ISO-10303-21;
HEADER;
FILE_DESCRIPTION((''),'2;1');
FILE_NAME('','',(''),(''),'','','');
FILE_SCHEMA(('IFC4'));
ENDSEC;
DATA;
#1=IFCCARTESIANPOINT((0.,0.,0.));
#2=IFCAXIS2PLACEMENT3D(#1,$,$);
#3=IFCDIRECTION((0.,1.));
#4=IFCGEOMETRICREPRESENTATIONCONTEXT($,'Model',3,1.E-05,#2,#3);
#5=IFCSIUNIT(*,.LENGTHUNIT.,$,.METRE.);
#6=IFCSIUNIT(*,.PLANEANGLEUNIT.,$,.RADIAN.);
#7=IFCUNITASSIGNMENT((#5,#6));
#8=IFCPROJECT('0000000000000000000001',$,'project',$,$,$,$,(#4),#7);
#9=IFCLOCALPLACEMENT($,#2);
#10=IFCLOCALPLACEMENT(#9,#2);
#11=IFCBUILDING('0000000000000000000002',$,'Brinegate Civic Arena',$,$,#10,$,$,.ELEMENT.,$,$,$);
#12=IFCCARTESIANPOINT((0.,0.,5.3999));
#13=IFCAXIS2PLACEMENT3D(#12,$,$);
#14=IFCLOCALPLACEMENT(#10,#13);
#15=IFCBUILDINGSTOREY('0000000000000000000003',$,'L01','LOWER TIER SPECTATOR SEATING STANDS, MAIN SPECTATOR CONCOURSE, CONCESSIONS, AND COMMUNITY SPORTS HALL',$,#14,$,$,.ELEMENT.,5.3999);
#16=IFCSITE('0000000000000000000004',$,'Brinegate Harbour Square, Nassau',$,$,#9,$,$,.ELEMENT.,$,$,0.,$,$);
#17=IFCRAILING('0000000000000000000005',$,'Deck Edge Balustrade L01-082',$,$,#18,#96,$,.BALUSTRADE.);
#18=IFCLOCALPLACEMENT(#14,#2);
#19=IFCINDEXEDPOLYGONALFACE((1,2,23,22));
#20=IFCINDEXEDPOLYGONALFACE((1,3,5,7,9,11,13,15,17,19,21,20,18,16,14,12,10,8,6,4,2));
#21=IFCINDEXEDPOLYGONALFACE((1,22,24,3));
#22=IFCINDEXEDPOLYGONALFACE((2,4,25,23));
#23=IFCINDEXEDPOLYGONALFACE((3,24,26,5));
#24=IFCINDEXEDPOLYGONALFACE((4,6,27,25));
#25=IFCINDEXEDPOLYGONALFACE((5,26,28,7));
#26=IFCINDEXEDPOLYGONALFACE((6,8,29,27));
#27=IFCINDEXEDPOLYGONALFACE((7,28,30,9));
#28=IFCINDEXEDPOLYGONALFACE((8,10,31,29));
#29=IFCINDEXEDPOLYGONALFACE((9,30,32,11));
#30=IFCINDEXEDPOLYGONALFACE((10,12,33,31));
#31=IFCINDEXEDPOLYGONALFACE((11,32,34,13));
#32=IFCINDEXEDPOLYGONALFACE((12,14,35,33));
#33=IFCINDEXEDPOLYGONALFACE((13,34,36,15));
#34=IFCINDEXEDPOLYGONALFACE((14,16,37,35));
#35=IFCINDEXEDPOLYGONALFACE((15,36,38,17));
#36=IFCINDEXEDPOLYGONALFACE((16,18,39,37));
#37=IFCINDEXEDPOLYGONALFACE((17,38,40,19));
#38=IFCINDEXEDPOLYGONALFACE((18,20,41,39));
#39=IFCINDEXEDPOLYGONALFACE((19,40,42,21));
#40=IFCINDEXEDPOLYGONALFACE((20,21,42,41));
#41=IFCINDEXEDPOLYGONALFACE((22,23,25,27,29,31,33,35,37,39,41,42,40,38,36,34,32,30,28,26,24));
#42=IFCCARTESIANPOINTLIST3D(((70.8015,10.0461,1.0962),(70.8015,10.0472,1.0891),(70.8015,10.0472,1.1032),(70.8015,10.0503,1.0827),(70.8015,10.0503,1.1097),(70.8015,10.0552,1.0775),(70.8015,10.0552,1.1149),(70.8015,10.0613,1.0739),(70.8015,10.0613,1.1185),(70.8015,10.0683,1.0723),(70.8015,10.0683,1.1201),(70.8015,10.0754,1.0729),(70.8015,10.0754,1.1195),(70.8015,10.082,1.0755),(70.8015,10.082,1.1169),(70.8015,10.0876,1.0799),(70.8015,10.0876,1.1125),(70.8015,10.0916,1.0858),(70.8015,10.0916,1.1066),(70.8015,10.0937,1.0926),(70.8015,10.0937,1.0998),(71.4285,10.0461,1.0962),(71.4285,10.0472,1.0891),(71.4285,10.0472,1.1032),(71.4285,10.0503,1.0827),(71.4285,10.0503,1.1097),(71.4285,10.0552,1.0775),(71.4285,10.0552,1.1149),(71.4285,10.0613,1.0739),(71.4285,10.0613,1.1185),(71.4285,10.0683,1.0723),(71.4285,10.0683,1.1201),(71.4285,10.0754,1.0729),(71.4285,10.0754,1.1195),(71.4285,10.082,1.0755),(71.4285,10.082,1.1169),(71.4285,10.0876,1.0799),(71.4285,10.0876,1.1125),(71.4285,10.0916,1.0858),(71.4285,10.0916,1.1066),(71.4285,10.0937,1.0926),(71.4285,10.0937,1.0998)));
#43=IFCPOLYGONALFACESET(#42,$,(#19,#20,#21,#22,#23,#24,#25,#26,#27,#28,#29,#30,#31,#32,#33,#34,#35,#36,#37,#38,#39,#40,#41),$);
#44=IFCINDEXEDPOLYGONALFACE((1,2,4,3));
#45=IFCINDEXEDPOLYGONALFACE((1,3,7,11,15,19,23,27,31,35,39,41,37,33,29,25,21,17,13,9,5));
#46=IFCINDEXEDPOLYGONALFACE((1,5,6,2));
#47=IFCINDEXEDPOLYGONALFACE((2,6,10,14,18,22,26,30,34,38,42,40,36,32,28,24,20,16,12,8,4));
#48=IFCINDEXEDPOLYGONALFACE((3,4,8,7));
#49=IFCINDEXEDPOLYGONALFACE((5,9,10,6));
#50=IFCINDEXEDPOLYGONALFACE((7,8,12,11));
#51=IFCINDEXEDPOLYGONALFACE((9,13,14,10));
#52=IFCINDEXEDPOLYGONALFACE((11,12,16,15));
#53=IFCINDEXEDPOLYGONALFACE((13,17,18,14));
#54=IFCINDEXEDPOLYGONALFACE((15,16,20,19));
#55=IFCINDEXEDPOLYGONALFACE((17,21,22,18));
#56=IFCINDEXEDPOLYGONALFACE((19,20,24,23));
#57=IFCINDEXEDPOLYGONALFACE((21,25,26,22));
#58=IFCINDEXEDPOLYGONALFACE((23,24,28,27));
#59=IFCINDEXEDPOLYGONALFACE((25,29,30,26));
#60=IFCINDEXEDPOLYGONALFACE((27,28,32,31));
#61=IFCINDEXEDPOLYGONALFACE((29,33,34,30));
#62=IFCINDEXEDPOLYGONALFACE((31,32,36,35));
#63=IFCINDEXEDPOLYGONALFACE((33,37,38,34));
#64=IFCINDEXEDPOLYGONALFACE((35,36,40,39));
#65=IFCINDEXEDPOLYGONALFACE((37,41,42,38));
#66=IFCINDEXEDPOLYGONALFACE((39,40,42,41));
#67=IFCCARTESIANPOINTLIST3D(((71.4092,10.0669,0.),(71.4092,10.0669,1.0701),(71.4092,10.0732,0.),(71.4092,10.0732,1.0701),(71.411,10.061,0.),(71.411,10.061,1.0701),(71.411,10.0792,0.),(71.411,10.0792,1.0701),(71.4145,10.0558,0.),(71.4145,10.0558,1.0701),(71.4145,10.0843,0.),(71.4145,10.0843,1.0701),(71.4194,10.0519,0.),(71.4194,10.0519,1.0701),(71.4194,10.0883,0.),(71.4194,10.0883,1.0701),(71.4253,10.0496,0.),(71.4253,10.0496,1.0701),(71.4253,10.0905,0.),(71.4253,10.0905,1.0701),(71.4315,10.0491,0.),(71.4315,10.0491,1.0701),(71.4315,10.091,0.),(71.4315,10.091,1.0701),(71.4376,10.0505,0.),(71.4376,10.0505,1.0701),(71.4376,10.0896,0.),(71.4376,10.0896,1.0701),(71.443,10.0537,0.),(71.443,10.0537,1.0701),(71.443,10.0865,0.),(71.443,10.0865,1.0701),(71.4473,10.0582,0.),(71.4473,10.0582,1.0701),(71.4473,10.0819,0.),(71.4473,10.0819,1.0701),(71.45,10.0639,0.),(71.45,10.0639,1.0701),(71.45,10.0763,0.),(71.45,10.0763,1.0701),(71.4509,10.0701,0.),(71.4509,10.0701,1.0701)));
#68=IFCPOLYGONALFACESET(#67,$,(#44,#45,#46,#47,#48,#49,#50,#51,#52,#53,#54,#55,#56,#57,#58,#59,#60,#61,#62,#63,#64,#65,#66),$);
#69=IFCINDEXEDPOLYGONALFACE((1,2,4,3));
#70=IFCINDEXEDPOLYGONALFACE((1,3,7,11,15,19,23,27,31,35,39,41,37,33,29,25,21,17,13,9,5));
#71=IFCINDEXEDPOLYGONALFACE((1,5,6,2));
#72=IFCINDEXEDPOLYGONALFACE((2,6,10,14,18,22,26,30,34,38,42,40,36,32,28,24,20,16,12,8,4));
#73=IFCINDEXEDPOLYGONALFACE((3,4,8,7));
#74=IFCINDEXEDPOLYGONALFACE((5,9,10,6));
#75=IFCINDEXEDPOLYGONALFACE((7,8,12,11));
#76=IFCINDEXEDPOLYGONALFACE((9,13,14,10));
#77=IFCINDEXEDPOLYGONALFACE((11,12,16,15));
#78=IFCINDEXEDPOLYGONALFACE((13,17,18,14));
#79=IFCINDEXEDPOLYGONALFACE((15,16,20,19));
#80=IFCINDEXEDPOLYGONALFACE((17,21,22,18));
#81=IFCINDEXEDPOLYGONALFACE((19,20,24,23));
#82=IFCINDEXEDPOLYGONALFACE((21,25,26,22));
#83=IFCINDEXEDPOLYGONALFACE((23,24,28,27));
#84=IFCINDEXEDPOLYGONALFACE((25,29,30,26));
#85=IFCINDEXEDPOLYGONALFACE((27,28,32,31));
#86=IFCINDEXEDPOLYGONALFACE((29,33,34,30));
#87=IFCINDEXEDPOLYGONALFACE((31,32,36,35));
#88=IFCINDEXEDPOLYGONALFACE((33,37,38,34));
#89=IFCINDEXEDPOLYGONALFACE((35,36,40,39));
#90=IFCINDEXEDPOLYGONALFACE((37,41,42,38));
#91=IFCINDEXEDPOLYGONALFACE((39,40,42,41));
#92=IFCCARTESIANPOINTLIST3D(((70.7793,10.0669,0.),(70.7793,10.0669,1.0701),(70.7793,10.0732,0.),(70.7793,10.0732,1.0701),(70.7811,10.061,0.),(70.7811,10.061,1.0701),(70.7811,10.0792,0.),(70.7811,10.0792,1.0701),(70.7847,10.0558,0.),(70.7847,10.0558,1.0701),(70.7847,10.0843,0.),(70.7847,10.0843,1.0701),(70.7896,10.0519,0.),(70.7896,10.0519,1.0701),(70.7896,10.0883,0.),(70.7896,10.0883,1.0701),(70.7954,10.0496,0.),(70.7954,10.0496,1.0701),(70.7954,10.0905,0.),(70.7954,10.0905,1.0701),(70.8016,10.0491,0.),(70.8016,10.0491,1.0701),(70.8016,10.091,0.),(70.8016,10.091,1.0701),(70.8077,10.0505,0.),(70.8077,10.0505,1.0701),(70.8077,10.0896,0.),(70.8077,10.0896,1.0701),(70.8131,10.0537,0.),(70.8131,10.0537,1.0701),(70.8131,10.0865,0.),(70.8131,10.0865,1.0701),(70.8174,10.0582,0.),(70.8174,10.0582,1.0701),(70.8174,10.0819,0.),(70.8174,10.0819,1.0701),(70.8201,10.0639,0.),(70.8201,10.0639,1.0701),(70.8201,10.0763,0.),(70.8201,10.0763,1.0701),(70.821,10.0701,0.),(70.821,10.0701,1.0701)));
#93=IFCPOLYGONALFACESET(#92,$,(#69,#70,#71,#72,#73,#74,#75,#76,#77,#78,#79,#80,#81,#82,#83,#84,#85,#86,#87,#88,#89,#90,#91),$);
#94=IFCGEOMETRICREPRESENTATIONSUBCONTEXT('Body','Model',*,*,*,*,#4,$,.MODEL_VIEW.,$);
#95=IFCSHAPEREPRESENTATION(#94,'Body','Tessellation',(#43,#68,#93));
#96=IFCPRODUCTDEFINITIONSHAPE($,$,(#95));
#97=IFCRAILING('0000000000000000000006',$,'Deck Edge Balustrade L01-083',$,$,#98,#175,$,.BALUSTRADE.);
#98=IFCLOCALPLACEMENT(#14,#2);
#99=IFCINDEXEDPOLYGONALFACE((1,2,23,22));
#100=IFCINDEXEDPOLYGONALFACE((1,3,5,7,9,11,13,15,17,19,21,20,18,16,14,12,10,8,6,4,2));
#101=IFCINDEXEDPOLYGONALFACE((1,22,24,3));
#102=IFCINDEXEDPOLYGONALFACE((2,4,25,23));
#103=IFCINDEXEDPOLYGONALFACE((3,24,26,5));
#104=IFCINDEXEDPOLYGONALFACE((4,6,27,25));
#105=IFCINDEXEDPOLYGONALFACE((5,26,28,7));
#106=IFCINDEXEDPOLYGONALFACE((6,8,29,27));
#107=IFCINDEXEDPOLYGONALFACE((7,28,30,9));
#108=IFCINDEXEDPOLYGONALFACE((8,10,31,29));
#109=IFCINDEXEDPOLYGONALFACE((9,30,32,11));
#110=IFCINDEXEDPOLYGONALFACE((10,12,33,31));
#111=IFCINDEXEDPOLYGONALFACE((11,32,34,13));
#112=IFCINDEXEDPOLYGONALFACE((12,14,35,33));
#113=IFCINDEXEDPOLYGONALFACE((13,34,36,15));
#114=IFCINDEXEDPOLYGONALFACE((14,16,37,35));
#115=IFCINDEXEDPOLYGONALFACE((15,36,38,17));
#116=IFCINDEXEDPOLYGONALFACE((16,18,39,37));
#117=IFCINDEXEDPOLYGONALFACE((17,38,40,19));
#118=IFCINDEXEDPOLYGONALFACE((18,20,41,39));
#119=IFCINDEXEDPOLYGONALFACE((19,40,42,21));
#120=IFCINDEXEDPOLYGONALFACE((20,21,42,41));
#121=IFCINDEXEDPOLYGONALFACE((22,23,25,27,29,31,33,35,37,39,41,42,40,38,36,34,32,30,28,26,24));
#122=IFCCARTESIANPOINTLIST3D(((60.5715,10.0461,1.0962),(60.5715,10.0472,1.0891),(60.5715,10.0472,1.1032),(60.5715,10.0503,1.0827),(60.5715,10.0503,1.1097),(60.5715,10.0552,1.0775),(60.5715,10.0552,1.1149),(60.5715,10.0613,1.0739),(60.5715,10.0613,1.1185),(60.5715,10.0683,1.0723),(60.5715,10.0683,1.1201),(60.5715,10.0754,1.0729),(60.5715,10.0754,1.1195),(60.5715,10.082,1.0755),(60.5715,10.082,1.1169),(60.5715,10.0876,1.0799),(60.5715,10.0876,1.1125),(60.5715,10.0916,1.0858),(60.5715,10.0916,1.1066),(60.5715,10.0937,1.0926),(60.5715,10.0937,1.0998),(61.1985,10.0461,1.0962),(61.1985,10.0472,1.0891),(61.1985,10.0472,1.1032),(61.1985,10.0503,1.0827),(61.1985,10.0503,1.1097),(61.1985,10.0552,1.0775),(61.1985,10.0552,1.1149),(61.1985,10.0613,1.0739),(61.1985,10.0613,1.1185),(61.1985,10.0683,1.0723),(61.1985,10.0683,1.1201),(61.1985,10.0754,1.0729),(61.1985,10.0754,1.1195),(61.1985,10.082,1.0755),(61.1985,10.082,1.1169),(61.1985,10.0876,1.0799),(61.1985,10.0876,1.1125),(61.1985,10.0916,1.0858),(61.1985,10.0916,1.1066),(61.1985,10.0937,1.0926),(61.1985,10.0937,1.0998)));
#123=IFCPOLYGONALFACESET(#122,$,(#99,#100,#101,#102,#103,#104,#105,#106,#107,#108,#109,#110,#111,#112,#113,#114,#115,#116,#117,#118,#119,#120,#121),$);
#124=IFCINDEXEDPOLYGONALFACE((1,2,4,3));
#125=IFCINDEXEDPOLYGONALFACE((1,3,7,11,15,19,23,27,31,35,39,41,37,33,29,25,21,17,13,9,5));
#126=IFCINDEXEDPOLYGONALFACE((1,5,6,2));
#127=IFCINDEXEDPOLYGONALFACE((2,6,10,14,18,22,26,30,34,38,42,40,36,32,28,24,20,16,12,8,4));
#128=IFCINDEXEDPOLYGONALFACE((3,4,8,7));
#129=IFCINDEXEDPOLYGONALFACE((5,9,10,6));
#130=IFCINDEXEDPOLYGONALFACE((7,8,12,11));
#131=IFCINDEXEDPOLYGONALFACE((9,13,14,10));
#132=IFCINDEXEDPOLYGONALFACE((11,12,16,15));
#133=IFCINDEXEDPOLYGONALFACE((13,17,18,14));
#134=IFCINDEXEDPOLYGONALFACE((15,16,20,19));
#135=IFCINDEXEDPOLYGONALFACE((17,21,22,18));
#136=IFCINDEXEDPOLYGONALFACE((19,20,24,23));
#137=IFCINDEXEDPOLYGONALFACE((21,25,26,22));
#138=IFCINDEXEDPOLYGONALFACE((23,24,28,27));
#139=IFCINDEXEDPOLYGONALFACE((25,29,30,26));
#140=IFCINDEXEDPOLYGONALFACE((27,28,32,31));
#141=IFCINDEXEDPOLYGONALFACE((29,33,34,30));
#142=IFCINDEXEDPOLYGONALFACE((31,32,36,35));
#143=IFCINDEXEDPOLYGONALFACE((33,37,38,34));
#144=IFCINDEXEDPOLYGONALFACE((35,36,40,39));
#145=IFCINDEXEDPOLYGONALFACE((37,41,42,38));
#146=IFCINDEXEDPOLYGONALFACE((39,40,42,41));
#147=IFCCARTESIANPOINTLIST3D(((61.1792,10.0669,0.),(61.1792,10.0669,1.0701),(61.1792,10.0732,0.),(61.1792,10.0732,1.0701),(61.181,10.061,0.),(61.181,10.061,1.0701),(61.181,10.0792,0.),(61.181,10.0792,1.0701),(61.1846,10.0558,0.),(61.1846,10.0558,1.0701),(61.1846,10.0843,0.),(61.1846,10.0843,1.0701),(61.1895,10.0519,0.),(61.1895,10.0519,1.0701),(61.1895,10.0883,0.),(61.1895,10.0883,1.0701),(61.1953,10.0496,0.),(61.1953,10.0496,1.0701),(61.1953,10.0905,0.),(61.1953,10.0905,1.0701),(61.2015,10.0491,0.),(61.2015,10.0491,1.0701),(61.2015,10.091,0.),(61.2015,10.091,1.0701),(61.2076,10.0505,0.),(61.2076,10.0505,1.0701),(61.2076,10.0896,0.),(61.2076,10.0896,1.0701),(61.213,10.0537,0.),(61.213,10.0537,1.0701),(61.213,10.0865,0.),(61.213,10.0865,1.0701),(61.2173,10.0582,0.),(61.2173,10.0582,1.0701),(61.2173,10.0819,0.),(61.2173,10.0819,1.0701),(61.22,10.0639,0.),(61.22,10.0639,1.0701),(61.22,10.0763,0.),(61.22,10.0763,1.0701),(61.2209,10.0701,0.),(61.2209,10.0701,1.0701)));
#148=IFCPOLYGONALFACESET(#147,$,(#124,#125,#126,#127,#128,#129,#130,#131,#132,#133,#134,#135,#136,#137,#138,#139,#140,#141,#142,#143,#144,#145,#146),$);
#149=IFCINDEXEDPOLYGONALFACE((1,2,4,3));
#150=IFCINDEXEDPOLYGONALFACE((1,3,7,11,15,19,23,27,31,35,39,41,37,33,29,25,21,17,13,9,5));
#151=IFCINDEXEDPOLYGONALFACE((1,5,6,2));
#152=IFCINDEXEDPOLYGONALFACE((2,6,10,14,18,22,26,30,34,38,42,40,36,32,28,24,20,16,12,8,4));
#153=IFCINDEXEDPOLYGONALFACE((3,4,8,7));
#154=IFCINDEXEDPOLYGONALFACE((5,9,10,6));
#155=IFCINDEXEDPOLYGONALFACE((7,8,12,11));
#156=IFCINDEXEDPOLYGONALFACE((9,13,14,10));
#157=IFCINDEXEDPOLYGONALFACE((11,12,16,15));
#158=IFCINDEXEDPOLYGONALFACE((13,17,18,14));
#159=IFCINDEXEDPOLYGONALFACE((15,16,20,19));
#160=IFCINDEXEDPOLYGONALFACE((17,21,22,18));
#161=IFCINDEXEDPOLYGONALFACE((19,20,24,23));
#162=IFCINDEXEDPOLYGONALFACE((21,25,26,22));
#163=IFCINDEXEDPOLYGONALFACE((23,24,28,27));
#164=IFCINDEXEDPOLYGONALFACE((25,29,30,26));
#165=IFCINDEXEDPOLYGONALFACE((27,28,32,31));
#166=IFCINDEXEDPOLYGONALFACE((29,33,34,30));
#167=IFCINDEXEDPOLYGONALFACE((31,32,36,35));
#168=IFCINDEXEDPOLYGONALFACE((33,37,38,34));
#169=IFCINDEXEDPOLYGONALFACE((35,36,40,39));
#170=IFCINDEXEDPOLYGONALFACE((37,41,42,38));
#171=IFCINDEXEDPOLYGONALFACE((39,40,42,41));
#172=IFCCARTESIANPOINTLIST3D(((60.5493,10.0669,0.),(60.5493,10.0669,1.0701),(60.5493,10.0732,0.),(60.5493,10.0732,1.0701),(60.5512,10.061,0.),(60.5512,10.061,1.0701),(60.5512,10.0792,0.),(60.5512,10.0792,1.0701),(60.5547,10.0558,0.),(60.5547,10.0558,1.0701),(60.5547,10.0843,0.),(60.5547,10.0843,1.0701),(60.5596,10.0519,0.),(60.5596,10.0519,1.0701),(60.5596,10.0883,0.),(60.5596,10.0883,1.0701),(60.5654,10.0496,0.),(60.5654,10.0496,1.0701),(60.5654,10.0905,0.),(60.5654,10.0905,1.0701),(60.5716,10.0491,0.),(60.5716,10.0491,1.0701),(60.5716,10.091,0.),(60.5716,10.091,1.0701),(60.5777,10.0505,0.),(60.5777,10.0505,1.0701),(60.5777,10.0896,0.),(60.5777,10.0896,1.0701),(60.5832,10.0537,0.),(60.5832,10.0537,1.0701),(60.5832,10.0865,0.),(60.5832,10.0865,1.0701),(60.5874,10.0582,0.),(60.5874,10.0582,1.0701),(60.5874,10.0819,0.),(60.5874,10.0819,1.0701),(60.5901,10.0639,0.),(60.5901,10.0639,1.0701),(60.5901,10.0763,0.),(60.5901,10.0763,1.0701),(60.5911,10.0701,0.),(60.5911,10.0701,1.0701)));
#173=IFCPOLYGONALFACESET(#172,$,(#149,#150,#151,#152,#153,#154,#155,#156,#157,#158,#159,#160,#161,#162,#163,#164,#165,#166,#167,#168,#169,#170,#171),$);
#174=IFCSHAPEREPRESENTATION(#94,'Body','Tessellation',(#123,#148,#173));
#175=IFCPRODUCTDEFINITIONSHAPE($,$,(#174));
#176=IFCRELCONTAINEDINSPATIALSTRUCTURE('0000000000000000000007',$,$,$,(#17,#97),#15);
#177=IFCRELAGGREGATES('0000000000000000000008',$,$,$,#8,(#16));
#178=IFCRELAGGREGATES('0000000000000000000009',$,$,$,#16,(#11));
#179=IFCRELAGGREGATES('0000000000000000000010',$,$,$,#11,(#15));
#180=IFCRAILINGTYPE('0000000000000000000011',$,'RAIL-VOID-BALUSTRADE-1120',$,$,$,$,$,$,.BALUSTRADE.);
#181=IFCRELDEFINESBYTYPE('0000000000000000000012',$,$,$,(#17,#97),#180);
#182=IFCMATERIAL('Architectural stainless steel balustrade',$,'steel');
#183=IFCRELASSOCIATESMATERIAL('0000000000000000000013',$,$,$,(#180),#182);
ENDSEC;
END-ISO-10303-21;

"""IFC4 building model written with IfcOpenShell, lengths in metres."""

from ifc_helpers import new_model, si_unit, direction, frame, origin, origin_2d, place, context, subcontext, project, spatial, circle, extrude, material, type_object, element, save


model = new_model("IFC4")

# Units and contexts
model_context = context("Model", 3, precision=1e-05, world=origin(), true_north=direction((0.0, 1.0)))
body_context = subcontext(model_context, "Body", "Model", "MODEL_VIEW")
ifc_project = project(units=[si_unit("LENGTHUNIT", "METRE"), si_unit("PLANEANGLEUNIT", "RADIAN")], contexts=[model_context])

# Site, building, storey
site_placement = place(None, origin())
site = spatial("IfcSite", under=ifc_project, at=site_placement, Name="Brinegate Harbour Square, Nassau", CompositionType="ELEMENT", RefElevation=0.0)
building_placement = place(site_placement, origin())
building = spatial("IfcBuilding", under=site, at=building_placement, Name="Brinegate Civic Arena", CompositionType="ELEMENT")
storey_placement = place(building_placement, frame((0.0, 0.0, 5.3999)))
storey = spatial("IfcBuildingStorey", under=building, at=storey_placement, Name="L01", Description="LOWER TIER SPECTATOR SEATING STANDS, MAIN SPECTATOR CONCOURSE, CONCESSIONS, AND COMMUNITY SPORTS HALL", CompositionType="ELEMENT", Elevation=5.3999)

# Railings
ifc_material_1 = material(Name="Architectural stainless steel balustrade", Category="steel")
railing_type_1 = type_object("IfcRailingType", Name="RAIL-VOID-BALUSTRADE-1120", PredefinedType="BALUSTRADE", material=ifc_material_1)
for number, where, name in (
    (1, (71.4299, 10.0701, 0.0), "Deck Edge Balustrade L01-082"),
    (2, (61.2, 10.0701, 0.0), "Deck Edge Balustrade L01-083"),
):
    element("IfcRailing", number, at=place(storey_placement, frame(where)), inside=storey, type_object=railing_type_1, Name=name, PredefinedType="BALUSTRADE", context=body_context, shape_type="SweptSolid", body=[
        extrude(circle(Radius=0.0239, at=origin_2d()), frame((-0.0015, 0.0, 1.0962), z_axis=(-1.0, 0.0, 0.0), x_axis=(0.0, -1.0, 0.0)), (0.0, 0.0, 1.0), 0.627),
        extrude(circle(Radius=0.021, at=origin_2d()), origin(), (0.0, 0.0, 1.0), 1.0701),
        extrude(circle(Radius=0.021, at=origin_2d()), frame((-0.6299, 0.0, 0.0)), (0.0, 0.0, 1.0), 1.0701),
    ])

save(model, "model.ifc")
